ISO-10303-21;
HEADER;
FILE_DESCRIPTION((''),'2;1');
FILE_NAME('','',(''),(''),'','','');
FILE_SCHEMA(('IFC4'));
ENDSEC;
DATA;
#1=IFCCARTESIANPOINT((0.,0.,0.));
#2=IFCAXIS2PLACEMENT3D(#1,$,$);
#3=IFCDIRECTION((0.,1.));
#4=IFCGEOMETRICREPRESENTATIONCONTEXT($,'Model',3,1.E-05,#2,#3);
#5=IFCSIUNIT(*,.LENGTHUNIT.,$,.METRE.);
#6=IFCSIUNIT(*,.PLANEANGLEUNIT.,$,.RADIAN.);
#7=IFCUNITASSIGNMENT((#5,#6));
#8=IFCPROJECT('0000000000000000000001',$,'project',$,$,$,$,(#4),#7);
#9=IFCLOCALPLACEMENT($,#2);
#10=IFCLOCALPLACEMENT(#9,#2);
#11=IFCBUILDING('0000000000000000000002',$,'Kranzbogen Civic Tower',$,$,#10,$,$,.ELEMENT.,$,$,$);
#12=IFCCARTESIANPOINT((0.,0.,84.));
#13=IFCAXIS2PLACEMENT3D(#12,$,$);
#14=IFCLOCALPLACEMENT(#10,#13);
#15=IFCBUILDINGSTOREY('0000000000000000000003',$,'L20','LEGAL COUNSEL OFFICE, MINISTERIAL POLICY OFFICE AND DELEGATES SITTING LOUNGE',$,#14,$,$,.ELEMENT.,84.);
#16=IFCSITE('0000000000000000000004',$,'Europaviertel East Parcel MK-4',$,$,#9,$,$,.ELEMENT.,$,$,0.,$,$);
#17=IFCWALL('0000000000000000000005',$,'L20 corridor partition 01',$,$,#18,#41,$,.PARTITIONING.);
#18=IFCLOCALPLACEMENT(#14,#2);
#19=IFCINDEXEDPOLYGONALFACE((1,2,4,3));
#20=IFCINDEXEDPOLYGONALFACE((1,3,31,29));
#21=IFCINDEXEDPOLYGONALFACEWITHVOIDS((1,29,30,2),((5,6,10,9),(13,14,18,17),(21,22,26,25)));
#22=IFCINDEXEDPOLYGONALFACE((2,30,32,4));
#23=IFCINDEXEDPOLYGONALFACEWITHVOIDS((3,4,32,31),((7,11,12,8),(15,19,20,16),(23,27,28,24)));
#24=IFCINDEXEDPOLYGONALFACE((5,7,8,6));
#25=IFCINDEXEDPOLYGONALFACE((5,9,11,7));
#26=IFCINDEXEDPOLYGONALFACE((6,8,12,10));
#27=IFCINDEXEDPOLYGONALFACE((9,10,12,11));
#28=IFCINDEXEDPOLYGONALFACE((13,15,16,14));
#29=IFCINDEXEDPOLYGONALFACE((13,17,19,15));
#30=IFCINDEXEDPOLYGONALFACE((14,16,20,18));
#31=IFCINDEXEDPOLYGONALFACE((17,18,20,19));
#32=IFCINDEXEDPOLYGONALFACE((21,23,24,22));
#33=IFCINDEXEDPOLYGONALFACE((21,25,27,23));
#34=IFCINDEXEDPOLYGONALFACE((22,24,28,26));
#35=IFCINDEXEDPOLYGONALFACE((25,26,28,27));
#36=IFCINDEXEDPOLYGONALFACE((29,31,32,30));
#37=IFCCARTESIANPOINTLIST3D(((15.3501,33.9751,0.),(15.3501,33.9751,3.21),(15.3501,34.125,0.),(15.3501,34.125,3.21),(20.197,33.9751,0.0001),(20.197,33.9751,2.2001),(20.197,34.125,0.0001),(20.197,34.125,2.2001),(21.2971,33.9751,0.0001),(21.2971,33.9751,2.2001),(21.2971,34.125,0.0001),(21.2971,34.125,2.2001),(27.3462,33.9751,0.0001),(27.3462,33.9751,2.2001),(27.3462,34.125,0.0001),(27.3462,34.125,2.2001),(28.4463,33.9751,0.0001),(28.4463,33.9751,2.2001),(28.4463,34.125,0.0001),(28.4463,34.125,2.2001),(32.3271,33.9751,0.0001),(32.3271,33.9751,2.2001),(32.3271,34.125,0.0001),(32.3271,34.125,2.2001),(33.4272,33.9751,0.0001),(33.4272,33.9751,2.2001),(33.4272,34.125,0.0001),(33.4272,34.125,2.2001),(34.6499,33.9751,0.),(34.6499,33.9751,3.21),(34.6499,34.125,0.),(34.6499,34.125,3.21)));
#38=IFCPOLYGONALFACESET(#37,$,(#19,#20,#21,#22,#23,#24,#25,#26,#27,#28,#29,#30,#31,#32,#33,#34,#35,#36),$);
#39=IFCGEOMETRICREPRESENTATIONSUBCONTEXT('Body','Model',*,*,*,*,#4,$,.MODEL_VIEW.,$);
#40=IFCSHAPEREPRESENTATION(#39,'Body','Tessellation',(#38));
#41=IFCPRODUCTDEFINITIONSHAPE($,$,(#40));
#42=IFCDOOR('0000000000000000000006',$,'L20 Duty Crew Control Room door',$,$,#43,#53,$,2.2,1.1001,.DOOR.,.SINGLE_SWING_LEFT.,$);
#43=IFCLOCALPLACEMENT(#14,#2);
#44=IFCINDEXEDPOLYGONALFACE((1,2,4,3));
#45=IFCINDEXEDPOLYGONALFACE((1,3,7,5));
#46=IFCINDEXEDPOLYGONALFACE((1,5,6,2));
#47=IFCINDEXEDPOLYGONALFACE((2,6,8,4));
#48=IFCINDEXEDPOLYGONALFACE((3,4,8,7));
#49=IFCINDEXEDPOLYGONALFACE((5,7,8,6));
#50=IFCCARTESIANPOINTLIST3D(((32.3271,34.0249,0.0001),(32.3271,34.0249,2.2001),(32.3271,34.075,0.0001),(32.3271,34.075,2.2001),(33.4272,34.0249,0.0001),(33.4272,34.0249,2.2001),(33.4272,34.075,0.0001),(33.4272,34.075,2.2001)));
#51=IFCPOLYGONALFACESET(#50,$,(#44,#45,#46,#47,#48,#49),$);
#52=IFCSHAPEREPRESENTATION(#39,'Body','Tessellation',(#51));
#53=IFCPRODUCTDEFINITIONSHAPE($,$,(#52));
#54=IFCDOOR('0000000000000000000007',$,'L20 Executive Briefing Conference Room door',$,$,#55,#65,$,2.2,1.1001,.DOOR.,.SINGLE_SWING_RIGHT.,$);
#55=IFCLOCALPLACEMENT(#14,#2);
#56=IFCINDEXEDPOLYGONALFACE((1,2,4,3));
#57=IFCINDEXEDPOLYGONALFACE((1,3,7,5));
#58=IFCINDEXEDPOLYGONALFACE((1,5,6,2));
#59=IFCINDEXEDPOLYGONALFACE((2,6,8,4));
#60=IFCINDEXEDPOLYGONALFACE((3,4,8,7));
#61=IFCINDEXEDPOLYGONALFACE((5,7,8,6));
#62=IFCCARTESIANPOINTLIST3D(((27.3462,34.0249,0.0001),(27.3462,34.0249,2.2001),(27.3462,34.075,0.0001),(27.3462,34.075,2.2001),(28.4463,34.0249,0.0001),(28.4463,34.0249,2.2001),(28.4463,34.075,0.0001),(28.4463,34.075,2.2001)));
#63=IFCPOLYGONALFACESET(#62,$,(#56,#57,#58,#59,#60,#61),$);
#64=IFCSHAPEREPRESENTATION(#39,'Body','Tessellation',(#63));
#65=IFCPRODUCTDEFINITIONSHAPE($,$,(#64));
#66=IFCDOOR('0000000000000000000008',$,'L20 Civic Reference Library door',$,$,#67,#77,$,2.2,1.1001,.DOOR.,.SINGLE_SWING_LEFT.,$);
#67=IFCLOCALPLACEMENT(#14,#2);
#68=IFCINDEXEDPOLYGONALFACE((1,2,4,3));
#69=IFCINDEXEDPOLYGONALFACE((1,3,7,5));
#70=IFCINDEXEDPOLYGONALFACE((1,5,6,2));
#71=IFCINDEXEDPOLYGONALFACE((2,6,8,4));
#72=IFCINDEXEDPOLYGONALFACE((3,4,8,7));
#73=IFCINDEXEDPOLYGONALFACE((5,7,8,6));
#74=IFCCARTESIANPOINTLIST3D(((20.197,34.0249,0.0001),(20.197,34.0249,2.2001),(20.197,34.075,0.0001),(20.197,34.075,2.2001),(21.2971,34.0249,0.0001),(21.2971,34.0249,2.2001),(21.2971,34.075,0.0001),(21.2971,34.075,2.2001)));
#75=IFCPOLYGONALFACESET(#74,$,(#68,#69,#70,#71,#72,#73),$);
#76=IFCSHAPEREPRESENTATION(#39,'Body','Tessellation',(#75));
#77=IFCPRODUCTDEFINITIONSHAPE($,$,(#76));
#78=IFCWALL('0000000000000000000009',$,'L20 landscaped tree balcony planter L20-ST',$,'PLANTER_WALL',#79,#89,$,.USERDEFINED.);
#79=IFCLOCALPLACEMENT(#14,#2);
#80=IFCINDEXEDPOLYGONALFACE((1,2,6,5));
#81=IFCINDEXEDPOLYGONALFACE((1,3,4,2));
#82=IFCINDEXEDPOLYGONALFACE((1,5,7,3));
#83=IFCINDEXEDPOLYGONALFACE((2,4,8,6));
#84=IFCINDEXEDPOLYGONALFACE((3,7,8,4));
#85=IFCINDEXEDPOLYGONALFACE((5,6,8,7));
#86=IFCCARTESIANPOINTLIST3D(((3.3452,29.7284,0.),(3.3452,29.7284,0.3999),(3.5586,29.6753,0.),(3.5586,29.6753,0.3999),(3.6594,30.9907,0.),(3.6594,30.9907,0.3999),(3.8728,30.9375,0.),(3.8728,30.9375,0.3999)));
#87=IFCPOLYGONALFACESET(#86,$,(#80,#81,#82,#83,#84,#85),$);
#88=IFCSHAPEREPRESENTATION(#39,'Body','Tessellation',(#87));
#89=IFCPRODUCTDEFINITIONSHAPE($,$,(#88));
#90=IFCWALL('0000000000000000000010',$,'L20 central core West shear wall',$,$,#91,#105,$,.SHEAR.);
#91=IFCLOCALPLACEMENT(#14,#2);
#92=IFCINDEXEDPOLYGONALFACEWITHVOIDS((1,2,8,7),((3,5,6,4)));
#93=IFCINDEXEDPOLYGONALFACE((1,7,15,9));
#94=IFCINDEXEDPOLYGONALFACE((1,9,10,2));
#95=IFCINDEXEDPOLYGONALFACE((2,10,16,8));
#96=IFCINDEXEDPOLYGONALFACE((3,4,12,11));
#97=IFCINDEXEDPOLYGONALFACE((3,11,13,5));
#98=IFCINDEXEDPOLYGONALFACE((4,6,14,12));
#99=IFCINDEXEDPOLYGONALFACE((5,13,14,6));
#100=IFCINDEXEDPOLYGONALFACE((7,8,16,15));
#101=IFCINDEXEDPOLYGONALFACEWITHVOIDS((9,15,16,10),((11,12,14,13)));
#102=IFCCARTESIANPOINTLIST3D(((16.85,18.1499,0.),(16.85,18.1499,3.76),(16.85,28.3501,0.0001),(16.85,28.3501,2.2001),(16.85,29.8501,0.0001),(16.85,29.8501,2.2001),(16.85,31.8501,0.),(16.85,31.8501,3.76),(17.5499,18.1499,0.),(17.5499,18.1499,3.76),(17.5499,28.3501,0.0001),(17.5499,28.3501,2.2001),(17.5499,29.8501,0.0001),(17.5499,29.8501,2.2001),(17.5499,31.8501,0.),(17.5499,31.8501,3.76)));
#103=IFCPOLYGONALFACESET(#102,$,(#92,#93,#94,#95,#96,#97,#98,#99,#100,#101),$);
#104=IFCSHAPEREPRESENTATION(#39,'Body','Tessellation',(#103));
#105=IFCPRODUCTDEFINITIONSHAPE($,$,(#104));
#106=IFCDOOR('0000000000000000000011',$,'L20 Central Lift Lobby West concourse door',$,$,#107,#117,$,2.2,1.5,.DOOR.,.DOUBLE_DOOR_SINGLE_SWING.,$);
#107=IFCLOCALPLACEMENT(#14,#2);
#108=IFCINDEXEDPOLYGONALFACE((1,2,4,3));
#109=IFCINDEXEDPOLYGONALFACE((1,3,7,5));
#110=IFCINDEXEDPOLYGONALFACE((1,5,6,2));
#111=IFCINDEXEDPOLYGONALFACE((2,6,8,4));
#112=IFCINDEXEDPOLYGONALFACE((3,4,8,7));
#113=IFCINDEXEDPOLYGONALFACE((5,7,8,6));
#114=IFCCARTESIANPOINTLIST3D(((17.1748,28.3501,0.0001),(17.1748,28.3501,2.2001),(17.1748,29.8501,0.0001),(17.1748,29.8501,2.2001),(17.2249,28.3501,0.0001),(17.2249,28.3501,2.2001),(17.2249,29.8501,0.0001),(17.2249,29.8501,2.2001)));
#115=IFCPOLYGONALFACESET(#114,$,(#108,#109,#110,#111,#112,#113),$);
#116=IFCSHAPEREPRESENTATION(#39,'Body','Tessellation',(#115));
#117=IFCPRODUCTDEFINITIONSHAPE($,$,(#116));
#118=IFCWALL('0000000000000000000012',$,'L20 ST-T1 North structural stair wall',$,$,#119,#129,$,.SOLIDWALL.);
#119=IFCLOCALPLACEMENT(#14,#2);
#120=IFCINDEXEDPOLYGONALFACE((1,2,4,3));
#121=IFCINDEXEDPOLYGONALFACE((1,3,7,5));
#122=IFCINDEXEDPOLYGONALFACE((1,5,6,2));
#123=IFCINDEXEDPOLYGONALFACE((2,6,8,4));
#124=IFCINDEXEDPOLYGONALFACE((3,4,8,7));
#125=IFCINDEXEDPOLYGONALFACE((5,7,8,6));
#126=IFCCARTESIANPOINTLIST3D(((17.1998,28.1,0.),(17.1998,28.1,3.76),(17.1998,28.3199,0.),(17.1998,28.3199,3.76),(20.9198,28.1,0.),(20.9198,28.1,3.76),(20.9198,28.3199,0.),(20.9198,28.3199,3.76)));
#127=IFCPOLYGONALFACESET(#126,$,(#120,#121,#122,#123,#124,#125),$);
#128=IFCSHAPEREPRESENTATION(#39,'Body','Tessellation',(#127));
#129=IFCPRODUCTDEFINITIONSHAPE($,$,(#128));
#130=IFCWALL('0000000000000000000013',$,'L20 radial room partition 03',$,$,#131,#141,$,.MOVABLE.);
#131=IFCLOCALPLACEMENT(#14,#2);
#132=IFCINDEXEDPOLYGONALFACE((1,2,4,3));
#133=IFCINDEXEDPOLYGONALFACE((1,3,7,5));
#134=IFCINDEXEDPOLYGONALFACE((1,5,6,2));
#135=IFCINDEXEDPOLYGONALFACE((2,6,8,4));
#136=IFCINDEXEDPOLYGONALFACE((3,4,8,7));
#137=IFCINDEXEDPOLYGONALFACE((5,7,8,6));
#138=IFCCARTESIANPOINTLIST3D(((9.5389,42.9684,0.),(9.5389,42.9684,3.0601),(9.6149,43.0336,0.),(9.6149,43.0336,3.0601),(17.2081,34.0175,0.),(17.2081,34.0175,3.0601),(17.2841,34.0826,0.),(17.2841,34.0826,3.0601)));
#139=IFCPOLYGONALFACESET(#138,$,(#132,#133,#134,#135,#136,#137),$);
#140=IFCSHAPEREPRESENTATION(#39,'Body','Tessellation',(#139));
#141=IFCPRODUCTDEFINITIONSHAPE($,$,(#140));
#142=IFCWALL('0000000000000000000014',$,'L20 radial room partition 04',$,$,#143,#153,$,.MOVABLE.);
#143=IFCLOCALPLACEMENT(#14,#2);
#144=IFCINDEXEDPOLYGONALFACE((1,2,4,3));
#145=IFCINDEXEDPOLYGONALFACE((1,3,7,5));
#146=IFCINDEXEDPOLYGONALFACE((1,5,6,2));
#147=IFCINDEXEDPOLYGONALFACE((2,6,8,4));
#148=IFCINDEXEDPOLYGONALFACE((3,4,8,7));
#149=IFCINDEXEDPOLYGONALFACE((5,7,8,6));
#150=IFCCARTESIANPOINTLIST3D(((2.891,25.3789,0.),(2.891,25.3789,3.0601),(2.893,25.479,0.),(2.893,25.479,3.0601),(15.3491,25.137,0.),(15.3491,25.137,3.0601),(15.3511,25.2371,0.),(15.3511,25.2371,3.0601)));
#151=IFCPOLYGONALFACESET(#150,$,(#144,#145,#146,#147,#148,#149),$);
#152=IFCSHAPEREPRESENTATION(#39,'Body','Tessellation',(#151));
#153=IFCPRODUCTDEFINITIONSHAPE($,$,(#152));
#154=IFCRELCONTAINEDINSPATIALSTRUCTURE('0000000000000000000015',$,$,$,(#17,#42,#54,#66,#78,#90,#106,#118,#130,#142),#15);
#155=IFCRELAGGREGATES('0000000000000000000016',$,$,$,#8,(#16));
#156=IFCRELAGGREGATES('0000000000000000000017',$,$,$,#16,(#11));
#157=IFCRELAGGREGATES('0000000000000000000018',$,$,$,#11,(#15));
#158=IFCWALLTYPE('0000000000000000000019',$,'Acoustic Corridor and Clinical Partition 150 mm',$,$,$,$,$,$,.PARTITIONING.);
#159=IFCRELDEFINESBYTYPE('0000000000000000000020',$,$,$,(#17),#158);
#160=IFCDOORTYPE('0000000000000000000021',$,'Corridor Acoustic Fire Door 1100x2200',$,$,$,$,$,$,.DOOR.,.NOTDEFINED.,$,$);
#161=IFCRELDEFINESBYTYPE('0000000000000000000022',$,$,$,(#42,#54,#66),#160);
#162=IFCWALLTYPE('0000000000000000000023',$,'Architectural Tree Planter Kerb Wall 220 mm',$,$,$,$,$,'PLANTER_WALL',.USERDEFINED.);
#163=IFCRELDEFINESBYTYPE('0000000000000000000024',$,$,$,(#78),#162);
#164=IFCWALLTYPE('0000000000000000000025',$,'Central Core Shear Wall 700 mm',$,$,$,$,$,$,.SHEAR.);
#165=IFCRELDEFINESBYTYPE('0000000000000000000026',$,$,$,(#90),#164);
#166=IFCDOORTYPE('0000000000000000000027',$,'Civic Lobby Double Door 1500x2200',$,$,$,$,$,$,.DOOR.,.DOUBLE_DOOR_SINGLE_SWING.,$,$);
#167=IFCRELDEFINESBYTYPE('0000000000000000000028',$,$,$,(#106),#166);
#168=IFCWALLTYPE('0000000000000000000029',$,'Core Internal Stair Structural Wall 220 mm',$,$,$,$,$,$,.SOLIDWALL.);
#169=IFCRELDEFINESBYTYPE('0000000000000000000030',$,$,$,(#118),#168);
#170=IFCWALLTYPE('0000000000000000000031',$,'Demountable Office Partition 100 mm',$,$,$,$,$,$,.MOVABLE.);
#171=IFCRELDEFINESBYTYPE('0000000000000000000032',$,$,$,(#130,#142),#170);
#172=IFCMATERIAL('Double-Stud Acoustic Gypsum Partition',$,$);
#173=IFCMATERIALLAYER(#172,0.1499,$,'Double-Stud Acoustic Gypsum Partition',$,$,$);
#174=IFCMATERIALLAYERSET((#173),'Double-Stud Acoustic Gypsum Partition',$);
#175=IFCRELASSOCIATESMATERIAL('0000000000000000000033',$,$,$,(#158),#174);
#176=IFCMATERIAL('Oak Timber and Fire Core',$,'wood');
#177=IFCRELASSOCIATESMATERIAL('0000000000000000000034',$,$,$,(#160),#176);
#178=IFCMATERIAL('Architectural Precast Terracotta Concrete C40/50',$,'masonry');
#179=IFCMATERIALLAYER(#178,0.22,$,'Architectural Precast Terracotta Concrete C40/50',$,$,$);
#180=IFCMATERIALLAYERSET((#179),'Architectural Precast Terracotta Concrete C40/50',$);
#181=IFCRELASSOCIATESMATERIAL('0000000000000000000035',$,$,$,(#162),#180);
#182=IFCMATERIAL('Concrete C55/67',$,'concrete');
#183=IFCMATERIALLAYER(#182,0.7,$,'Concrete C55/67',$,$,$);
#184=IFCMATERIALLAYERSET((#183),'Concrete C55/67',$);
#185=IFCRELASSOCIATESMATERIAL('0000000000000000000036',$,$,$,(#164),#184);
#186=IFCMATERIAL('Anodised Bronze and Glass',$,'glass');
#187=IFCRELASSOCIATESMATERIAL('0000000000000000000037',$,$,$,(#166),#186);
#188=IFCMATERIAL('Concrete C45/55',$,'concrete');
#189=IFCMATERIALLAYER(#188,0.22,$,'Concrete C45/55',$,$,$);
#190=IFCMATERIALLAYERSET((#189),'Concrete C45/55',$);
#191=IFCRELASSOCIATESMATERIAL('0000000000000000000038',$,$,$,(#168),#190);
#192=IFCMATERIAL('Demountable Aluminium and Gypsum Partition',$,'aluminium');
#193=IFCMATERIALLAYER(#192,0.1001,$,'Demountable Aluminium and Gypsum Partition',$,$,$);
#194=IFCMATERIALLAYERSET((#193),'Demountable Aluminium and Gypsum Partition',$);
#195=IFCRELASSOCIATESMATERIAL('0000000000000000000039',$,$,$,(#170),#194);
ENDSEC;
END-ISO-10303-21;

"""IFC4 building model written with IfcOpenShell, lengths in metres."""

from ifc_helpers import new_model, si_unit, direction, frame, frame_2d, origin, place, context, subcontext, project, spatial, rectangle, extrude, material, layer, layer_set, type_object, element, fill, save


model = new_model("IFC4")

# Units and contexts
model_context = context("Model", 3, precision=1e-05, world=origin(), true_north=direction((0.0, 1.0)))
body_context = subcontext(model_context, "Body", "Model", "MODEL_VIEW")
ifc_project = project(units=[si_unit("LENGTHUNIT", "METRE"), si_unit("PLANEANGLEUNIT", "RADIAN")], contexts=[model_context])

# Site, building, storey
site_placement = place(None, origin())
site = spatial("IfcSite", under=ifc_project, at=site_placement, Name="Europaviertel East Parcel MK-4", CompositionType="ELEMENT", RefElevation=0.0)
building_placement = place(site_placement, origin())
building = spatial("IfcBuilding", under=site, at=building_placement, Name="Kranzbogen Civic Tower", CompositionType="ELEMENT")
storey_placement = place(building_placement, frame((0.0, 0.0, 84.0)))
storey = spatial("IfcBuildingStorey", under=building, at=storey_placement, Name="L20", Description="LEGAL COUNSEL OFFICE, MINISTERIAL POLICY OFFICE AND DELEGATES SITTING LOUNGE", CompositionType="ELEMENT", Elevation=84.0)

# Wall, openings, doors
ifc_material_1 = material(Name="Double-Stud Acoustic Gypsum Partition")
ifc_layer_1 = layer(ifc_material_1, 0.1499, Name="Double-Stud Acoustic Gypsum Partition")
ifc_layer_set_1 = layer_set([ifc_layer_1], Name="Double-Stud Acoustic Gypsum Partition")
wall_type_1 = type_object("IfcWallType", Name="Acoustic Corridor and Clinical Partition 150 mm", PredefinedType="PARTITIONING", material=ifc_layer_set_1)
wall_1_placement = place(storey_placement, frame((15.3501, 34.05, 0.0), z_axis=(0.0, 0.0, 1.0), x_axis=(1.0, 0.0, 0.0)))
wall_1 = element("IfcWall", 1, at=wall_1_placement, inside=storey, type_object=wall_type_1, Name="L20 corridor partition 01", PredefinedType="PARTITIONING", context=body_context, shape_type="SweptSolid", body=[
    extrude(rectangle(XDim=19.2998, YDim=0.1499, at=frame_2d((9.6499, 0.0))), origin(), (0.0, 0.0, 1.0), 3.21),
])
opening_1_placement = place(wall_1_placement, frame((16.9771, 0.0, 0.0)))
opening_1 = element("IfcOpeningElement", 2, at=opening_1_placement, cuts=wall_1, PredefinedType="OPENING", context=body_context, shape_type="SweptSolid", body=[
    extrude(rectangle(XDim=1.1001, YDim=2.2, at=frame_2d((0.55, 1.1001))), frame((0.0, 0.085, 0.0), z_axis=(0.0, -1.0, 0.0), x_axis=(1.0, 0.0, 0.0)), (0.0, 0.0, 1.0), 0.1699),
])
opening_2_placement = place(wall_1_placement, frame((11.9961, 0.0, 0.0)))
opening_2 = element("IfcOpeningElement", 3, at=opening_2_placement, cuts=wall_1, PredefinedType="OPENING", context=body_context, shape_type="SweptSolid", body=[
    extrude(rectangle(XDim=1.1001, YDim=2.2, at=frame_2d((0.55, 1.1001))), frame((0.0, 0.085, 0.0), z_axis=(0.0, -1.0, 0.0), x_axis=(1.0, 0.0, 0.0)), (0.0, 0.0, 1.0), 0.1699),
])
opening_3_placement = place(wall_1_placement, frame((4.8469, 0.0, 0.0)))
opening_3 = element("IfcOpeningElement", 4, at=opening_3_placement, cuts=wall_1, PredefinedType="OPENING", context=body_context, shape_type="SweptSolid", body=[
    extrude(rectangle(XDim=1.1001, YDim=2.2, at=frame_2d((0.55, 1.1001))), frame((0.0, 0.085, 0.0), z_axis=(0.0, -1.0, 0.0), x_axis=(1.0, 0.0, 0.0)), (0.0, 0.0, 1.0), 0.1699),
])
ifc_material_2 = material(Name="Oak Timber and Fire Core", Category="wood")
door_type_1 = type_object("IfcDoorType", Name="Corridor Acoustic Fire Door 1100x2200", OperationType="NOTDEFINED", PredefinedType="DOOR", material=ifc_material_2)
door_1_placement = place(opening_1_placement, origin())
door_1 = element("IfcDoor", 5, at=door_1_placement, inside=storey, type_object=door_type_1, Name="L20 Duty Crew Control Room door", OperationType="SINGLE_SWING_LEFT", OverallHeight=2.2, OverallWidth=1.1001, PredefinedType="DOOR", context=body_context, shape_type="SweptSolid", body=[
    extrude(rectangle(XDim=1.1001, YDim=2.2, at=frame_2d((0.55, 1.1001))), frame((0.0, 0.0249, 0.0), z_axis=(0.0, -1.0, 0.0), x_axis=(1.0, 0.0, 0.0)), (0.0, 0.0, 1.0), 0.05),
])
fill(opening_1, door_1)
door_2_placement = place(opening_2_placement, origin())
door_2 = element("IfcDoor", 6, at=door_2_placement, inside=storey, type_object=door_type_1, Name="L20 Executive Briefing Conference Room door", OperationType="SINGLE_SWING_RIGHT", OverallHeight=2.2, OverallWidth=1.1001, PredefinedType="DOOR", context=body_context, shape_type="SweptSolid", body=[
    extrude(rectangle(XDim=1.1001, YDim=2.2, at=frame_2d((0.55, 1.1001))), frame((0.0, 0.0249, 0.0), z_axis=(0.0, -1.0, 0.0), x_axis=(1.0, 0.0, 0.0)), (0.0, 0.0, 1.0), 0.05),
])
fill(opening_2, door_2)
door_3_placement = place(opening_3_placement, origin())
door_3 = element("IfcDoor", 7, at=door_3_placement, inside=storey, type_object=door_type_1, Name="L20 Civic Reference Library door", OperationType="SINGLE_SWING_LEFT", OverallHeight=2.2, OverallWidth=1.1001, PredefinedType="DOOR", context=body_context, shape_type="SweptSolid", body=[
    extrude(rectangle(XDim=1.1001, YDim=2.2, at=frame_2d((0.55, 1.1001))), frame((0.0, 0.0249, 0.0), z_axis=(0.0, -1.0, 0.0), x_axis=(1.0, 0.0, 0.0)), (0.0, 0.0, 1.0), 0.05),
])
fill(opening_3, door_3)

# Wall
ifc_material_3 = material(Name="Architectural Precast Terracotta Concrete C40/50", Category="masonry")
ifc_layer_2 = layer(ifc_material_3, 0.22, Name="Architectural Precast Terracotta Concrete C40/50")
ifc_layer_set_2 = layer_set([ifc_layer_2], Name="Architectural Precast Terracotta Concrete C40/50")
wall_type_2 = type_object("IfcWallType", Name="Architectural Tree Planter Kerb Wall 220 mm", ElementType="PLANTER_WALL", PredefinedType="USERDEFINED", material=ifc_layer_set_2)
wall_2_placement = place(storey_placement, frame((3.7661, 30.9641, 0.0), z_axis=(0.0, 0.0, 1.0), x_axis=(-0.241564, -0.970385, 0.0)))
element("IfcWall", 8, at=wall_2_placement, inside=storey, type_object=wall_type_2, Name="L20 landscaped tree balcony planter L20-ST", ObjectType="PLANTER_WALL", PredefinedType="USERDEFINED", context=body_context, shape_type="SweptSolid", body=[
    extrude(rectangle(XDim=1.3008, YDim=0.22, at=frame_2d((0.6504, 0.0))), origin(), (0.0, 0.0, 1.0), 0.3999),
])

# Wall, opening, door
ifc_material_4 = material(Name="Concrete C55/67", Category="concrete")
ifc_layer_3 = layer(ifc_material_4, 0.7, Name="Concrete C55/67")
ifc_layer_set_3 = layer_set([ifc_layer_3], Name="Concrete C55/67")
wall_type_3 = type_object("IfcWallType", Name="Central Core Shear Wall 700 mm", PredefinedType="SHEAR", material=ifc_layer_set_3)
wall_3_placement = place(storey_placement, frame((17.2, 31.8501, 0.0), z_axis=(0.0, 0.0, 1.0), x_axis=(0.0, -1.0, 0.0)))
wall_3 = element("IfcWall", 9, at=wall_3_placement, inside=storey, type_object=wall_type_3, Name="L20 central core West shear wall", PredefinedType="SHEAR", context=body_context, shape_type="SweptSolid", body=[
    extrude(rectangle(XDim=13.7002, YDim=0.7, at=frame_2d((6.8501, 0.0))), origin(), (0.0, 0.0, 1.0), 3.76),
])
opening_4_placement = place(wall_3_placement, frame((2.0, 0.0, 0.0)))
opening_4 = element("IfcOpeningElement", 10, at=opening_4_placement, cuts=wall_3, PredefinedType="OPENING", context=body_context, shape_type="SweptSolid", body=[
    extrude(rectangle(XDim=1.5, YDim=2.2, at=frame_2d((0.75, 1.1001))), frame((0.0, 0.3599, 0.0), z_axis=(0.0, -1.0, 0.0), x_axis=(1.0, 0.0, 0.0)), (0.0, 0.0, 1.0), 0.72),
])
ifc_material_5 = material(Name="Anodised Bronze and Glass", Category="glass")
door_type_2 = type_object("IfcDoorType", Name="Civic Lobby Double Door 1500x2200", OperationType="DOUBLE_DOOR_SINGLE_SWING", PredefinedType="DOOR", material=ifc_material_5)
door_4_placement = place(opening_4_placement, origin())
door_4 = element("IfcDoor", 11, at=door_4_placement, inside=storey, type_object=door_type_2, Name="L20 Central Lift Lobby West concourse door", OperationType="DOUBLE_DOOR_SINGLE_SWING", OverallHeight=2.2, OverallWidth=1.5, PredefinedType="DOOR", context=body_context, shape_type="SweptSolid", body=[
    extrude(rectangle(XDim=1.5, YDim=2.2, at=frame_2d((0.75, 1.1001))), frame((0.0, 0.0249, 0.0), z_axis=(0.0, -1.0, 0.0), x_axis=(1.0, 0.0, 0.0)), (0.0, 0.0, 1.0), 0.05),
])
fill(opening_4, door_4)

# Walls
ifc_material_6 = material(Name="Concrete C45/55", Category="concrete")
ifc_layer_4 = layer(ifc_material_6, 0.22, Name="Concrete C45/55")
ifc_layer_set_4 = layer_set([ifc_layer_4], Name="Concrete C45/55")
wall_type_4 = type_object("IfcWallType", Name="Core Internal Stair Structural Wall 220 mm", PredefinedType="SOLIDWALL", material=ifc_layer_set_4)
wall_4_placement = place(storey_placement, frame((17.2, 28.21, 0.0), z_axis=(0.0, 0.0, 1.0), x_axis=(1.0, 0.0, 0.0)))
element("IfcWall", 12, at=wall_4_placement, inside=storey, type_object=wall_type_4, Name="L20 ST-T1 North structural stair wall", PredefinedType="SOLIDWALL", context=body_context, shape_type="SweptSolid", body=[
    extrude(rectangle(XDim=3.72, YDim=0.22, at=frame_2d((1.8599, 0.0))), origin(), (0.0, 0.0, 1.0), 3.76),
])
ifc_material_7 = material(Name="Demountable Aluminium and Gypsum Partition", Category="aluminium")
ifc_layer_5 = layer(ifc_material_7, 0.1001, Name="Demountable Aluminium and Gypsum Partition")
ifc_layer_set_5 = layer_set([ifc_layer_5], Name="Demountable Aluminium and Gypsum Partition")
wall_type_5 = type_object("IfcWallType", Name="Demountable Office Partition 100 mm", PredefinedType="MOVABLE", material=ifc_layer_set_5)
wall_5_placement = place(storey_placement, frame((17.2461, 34.05, 0.0), z_axis=(0.0, 0.0, 1.0), x_axis=(-0.650643, 0.759384, 0.0)))
element("IfcWall", 13, at=wall_5_placement, inside=storey, type_object=wall_type_5, Name="L20 radial room partition 03", PredefinedType="MOVABLE", context=body_context, shape_type="SweptSolid", body=[
    extrude(rectangle(XDim=11.7871, YDim=0.1001, at=frame_2d((5.8936, 0.0))), origin(), (0.0, 0.0, 1.0), 3.0601),
])
wall_6_placement = place(storey_placement, frame((15.3501, 25.187, 0.0), z_axis=(0.0, 0.0, 1.0), x_axis=(-0.999811, 0.019417, 0.0)))
element("IfcWall", 14, at=wall_6_placement, inside=storey, type_object=wall_type_5, Name="L20 radial room partition 04", PredefinedType="MOVABLE", context=body_context, shape_type="SweptSolid", body=[
    extrude(rectangle(XDim=12.4604, YDim=0.1001, at=frame_2d((6.2302, 0.0))), origin(), (0.0, 0.0, 1.0), 3.0601),
])

save(model, "model.ifc")
